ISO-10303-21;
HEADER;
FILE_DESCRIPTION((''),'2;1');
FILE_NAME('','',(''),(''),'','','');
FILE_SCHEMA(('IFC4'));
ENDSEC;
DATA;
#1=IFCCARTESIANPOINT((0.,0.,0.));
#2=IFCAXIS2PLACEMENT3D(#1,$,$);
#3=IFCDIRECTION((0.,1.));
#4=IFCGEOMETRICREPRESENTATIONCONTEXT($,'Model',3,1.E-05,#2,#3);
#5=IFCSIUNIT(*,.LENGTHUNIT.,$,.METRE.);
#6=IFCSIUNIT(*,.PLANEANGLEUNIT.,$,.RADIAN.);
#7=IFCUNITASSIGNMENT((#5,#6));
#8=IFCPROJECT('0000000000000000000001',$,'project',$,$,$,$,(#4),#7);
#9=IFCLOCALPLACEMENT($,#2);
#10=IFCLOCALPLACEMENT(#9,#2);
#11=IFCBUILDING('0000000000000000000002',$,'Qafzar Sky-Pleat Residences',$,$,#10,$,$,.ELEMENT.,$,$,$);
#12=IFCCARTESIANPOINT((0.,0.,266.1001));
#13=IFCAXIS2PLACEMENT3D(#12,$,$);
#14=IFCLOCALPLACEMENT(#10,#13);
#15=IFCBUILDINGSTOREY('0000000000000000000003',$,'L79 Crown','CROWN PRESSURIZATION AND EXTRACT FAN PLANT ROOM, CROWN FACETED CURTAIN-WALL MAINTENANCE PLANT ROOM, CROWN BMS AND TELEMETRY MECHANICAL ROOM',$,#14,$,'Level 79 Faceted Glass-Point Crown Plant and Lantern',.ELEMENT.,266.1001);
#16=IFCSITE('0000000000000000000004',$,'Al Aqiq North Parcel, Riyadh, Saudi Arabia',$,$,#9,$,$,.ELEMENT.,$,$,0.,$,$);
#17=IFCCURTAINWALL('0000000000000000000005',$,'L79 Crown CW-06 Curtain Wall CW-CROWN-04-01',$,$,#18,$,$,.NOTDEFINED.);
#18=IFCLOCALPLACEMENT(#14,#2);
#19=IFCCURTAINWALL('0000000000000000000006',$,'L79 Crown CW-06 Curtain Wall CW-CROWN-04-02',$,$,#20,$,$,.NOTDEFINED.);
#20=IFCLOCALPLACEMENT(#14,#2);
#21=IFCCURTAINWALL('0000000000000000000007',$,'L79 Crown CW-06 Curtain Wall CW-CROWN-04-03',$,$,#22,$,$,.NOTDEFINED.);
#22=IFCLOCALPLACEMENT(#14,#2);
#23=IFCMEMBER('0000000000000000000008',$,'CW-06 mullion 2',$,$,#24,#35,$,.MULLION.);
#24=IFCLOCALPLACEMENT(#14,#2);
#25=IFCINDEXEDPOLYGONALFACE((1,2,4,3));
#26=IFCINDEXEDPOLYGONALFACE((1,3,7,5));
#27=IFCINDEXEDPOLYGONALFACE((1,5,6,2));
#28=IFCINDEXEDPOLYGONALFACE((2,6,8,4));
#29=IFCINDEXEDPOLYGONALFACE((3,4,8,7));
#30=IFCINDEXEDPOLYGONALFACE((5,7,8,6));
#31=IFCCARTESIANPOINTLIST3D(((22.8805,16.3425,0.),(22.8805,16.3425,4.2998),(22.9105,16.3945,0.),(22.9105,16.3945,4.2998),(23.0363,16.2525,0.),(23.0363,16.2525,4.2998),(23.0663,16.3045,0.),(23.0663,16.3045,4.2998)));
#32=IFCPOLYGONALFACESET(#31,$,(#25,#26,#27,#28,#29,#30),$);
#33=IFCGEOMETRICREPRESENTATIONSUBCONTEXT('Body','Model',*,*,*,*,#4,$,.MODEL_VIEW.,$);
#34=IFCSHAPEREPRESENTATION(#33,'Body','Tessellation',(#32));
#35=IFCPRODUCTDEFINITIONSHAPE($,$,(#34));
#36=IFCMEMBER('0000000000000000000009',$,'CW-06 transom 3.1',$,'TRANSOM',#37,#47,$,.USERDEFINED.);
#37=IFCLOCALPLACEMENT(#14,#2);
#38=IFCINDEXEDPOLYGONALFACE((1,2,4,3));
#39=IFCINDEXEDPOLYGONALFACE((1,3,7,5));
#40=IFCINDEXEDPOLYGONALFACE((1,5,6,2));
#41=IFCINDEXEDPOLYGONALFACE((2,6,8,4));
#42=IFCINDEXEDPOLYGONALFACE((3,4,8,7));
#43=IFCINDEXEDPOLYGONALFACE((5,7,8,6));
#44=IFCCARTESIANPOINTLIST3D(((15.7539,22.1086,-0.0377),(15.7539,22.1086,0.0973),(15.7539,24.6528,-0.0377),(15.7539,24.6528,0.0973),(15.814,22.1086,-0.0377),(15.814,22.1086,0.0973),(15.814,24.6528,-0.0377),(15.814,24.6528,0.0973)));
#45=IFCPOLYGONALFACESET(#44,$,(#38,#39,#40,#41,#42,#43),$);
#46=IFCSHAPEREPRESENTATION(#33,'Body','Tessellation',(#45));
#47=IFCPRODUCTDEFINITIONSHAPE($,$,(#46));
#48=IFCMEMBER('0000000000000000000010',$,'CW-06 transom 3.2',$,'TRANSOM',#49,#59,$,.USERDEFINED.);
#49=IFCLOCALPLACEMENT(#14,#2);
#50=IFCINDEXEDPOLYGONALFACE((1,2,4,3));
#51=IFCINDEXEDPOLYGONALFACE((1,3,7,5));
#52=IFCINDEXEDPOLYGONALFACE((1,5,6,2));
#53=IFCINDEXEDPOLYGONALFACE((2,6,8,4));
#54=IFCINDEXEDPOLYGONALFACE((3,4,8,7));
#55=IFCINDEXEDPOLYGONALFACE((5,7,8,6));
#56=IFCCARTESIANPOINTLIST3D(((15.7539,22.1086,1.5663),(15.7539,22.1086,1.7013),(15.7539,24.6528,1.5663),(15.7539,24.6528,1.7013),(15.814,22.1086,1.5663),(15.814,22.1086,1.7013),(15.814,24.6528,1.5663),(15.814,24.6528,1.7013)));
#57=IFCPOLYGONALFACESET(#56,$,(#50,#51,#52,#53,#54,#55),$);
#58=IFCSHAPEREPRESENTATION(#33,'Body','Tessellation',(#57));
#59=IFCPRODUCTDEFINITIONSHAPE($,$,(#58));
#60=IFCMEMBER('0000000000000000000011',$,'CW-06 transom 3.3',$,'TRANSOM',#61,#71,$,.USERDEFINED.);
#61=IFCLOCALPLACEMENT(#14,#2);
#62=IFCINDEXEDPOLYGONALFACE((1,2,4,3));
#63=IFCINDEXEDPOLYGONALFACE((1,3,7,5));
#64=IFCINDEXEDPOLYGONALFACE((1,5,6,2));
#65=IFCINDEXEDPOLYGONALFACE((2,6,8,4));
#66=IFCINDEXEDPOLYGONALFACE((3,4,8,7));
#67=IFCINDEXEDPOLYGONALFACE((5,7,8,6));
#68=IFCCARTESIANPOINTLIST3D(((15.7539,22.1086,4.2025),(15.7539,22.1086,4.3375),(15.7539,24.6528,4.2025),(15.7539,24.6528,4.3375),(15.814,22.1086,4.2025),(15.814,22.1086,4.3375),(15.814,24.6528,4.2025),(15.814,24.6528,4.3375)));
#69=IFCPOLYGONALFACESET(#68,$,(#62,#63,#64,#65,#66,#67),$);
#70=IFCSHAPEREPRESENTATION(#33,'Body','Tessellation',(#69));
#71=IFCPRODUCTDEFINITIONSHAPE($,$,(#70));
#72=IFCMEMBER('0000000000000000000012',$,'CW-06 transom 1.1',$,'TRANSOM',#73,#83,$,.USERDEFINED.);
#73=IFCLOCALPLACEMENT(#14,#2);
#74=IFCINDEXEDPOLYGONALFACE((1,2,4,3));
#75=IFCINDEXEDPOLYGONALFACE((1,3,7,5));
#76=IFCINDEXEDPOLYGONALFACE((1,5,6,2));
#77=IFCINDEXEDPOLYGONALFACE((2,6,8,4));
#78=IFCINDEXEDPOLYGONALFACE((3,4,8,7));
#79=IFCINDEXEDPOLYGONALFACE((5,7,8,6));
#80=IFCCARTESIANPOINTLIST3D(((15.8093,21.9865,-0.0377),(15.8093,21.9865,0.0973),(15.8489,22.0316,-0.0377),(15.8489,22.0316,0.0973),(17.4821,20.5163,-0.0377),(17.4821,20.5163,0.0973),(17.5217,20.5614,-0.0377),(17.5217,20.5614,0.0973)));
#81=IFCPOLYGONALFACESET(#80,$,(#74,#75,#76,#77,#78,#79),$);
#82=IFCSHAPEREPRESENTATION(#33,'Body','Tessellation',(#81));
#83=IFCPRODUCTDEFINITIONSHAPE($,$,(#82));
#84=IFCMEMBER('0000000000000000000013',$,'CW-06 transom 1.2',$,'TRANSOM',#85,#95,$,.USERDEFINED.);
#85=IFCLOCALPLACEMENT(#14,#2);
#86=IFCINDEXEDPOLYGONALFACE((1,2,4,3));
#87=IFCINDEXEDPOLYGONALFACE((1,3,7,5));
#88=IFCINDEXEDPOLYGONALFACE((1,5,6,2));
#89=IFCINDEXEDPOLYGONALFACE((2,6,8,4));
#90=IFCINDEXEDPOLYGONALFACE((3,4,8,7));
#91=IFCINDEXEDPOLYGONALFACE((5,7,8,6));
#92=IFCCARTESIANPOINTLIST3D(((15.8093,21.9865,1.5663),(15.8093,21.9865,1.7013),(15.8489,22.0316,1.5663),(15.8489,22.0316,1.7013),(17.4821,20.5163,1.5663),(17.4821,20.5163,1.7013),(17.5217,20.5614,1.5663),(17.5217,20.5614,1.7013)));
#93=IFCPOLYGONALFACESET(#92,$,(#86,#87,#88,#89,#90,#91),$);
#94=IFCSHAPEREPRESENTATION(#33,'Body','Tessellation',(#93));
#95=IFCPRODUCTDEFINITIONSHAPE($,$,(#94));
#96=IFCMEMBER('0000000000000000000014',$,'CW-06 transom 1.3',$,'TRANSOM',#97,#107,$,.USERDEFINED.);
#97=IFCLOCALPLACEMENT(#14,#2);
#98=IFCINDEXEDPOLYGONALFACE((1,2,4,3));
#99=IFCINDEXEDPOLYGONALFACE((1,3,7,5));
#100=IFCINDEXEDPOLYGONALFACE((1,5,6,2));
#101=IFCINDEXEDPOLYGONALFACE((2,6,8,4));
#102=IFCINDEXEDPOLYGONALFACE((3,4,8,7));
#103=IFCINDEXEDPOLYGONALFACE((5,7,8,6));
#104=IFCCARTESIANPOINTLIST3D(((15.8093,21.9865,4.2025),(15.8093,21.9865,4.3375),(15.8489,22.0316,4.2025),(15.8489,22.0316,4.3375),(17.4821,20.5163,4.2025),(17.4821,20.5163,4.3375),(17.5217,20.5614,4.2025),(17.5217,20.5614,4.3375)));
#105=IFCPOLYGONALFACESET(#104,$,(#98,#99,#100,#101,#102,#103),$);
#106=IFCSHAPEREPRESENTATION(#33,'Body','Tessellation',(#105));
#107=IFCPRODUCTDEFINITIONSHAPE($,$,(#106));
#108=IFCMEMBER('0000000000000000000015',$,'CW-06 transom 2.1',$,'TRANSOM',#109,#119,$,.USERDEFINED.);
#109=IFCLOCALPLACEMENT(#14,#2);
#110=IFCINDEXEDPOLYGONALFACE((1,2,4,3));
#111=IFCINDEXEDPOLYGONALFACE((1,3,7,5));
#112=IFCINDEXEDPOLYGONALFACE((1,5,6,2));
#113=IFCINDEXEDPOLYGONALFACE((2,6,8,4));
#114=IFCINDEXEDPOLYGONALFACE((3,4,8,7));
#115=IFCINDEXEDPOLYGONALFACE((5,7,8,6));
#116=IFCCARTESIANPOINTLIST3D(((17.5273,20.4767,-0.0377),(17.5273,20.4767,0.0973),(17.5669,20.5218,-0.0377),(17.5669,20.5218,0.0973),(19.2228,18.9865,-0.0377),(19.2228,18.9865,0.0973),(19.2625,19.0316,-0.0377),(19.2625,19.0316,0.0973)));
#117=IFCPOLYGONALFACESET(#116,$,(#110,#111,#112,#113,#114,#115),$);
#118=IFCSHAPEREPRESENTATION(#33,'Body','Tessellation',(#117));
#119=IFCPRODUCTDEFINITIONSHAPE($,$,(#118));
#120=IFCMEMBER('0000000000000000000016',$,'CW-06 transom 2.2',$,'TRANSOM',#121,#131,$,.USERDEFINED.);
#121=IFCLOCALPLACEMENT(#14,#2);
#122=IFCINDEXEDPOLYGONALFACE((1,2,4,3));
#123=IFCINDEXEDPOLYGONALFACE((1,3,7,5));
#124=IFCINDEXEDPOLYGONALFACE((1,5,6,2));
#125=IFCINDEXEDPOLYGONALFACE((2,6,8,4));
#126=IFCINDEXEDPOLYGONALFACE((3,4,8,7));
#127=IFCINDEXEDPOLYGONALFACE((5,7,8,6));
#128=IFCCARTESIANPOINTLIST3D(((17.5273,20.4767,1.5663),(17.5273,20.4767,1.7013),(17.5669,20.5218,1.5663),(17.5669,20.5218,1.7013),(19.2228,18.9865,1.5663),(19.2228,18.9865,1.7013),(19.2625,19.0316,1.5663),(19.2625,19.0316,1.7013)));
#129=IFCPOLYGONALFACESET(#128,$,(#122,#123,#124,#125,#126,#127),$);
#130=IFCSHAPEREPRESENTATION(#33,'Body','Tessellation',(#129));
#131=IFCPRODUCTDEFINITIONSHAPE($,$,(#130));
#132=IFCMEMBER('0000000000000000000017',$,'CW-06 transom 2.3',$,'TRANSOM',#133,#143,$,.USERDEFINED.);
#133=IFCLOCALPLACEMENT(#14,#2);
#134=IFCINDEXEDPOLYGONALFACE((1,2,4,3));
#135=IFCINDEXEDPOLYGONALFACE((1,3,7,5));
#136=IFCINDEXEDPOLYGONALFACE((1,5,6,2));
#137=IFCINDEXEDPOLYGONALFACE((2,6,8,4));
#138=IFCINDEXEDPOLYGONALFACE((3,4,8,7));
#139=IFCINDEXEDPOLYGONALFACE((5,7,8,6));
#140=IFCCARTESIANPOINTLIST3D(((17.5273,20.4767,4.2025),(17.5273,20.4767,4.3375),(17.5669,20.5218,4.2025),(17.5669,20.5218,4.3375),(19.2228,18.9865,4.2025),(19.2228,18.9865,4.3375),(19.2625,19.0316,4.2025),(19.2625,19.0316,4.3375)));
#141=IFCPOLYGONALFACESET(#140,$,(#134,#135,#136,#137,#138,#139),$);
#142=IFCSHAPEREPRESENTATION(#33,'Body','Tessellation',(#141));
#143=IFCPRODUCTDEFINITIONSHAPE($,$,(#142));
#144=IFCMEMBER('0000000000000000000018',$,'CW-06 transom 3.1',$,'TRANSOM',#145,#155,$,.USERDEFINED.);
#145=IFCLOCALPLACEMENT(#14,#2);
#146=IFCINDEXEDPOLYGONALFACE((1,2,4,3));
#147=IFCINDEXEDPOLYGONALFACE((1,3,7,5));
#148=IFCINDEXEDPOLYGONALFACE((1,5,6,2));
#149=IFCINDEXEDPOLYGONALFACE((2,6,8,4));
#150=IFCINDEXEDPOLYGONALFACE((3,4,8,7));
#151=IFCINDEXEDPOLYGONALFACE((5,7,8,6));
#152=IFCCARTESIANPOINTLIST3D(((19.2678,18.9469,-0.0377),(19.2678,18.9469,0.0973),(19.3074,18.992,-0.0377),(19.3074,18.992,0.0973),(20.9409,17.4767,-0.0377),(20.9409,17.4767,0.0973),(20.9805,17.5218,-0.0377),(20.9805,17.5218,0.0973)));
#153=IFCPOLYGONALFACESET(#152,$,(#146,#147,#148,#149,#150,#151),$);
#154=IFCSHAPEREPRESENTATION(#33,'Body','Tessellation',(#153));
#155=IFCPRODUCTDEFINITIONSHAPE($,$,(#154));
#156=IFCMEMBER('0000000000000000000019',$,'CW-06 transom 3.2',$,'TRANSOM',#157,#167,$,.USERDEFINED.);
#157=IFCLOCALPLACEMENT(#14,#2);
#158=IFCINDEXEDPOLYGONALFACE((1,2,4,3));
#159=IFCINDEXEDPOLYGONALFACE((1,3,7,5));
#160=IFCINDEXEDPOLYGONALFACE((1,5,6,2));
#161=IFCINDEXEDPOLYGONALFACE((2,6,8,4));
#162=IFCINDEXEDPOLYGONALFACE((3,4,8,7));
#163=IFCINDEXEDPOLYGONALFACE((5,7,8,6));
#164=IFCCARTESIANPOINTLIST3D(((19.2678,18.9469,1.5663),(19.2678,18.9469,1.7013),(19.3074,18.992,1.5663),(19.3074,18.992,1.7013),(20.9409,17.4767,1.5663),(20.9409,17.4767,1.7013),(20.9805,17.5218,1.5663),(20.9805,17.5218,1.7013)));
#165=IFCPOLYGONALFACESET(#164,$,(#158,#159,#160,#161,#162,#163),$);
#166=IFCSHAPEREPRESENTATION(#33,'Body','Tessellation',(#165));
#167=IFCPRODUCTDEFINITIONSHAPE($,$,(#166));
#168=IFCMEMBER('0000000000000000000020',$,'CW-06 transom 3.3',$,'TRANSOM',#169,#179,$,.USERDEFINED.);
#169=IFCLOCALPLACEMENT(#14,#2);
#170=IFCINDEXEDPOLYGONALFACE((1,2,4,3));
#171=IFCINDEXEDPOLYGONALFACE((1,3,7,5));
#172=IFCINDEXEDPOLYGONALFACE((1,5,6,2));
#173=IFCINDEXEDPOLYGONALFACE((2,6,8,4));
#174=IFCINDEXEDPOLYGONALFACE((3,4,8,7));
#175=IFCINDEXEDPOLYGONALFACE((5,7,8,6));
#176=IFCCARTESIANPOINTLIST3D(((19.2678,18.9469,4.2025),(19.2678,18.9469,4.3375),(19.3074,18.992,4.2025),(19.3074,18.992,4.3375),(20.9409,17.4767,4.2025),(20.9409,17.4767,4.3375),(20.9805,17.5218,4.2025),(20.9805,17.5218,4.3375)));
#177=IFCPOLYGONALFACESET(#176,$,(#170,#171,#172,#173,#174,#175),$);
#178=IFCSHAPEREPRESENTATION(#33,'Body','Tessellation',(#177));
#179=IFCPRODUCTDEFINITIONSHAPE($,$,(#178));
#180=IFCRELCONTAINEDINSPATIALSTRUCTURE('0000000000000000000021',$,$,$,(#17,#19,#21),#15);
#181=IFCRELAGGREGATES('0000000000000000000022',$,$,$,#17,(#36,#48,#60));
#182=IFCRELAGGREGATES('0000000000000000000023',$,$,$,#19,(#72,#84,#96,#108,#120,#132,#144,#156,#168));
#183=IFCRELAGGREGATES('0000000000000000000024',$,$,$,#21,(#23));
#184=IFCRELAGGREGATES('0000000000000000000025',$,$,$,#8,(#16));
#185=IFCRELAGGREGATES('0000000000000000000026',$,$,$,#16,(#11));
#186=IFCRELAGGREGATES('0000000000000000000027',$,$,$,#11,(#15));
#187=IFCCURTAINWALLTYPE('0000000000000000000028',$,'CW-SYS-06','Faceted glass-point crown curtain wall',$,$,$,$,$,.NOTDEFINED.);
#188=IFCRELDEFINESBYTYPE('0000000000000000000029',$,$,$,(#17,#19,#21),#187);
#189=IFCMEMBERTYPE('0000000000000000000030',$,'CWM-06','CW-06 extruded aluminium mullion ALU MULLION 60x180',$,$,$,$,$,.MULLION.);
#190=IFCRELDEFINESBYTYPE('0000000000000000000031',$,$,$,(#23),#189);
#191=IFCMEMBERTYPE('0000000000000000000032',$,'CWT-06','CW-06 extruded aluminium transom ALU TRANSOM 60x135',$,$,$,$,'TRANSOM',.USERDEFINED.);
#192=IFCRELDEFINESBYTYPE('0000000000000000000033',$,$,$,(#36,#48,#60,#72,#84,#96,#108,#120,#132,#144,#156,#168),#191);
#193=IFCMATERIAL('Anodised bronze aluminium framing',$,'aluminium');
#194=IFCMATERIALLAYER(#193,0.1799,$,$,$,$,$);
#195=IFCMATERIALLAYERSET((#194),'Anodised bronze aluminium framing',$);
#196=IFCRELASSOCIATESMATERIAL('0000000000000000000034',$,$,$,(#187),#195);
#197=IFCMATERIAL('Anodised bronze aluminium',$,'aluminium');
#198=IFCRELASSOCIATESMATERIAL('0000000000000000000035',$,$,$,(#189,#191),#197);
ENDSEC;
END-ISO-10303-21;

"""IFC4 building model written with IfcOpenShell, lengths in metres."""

from ifc_helpers import new_model, si_unit, direction, frame, origin, origin_2d, place, context, subcontext, project, spatial, rectangle, extrude, source, transform, mapped, material, layer, layer_set, material_profile, profile_set, type_object, element, aggregate, save


model = new_model("IFC4")

# Units and contexts
model_context = context("Model", 3, precision=1e-05, world=origin(), true_north=direction((0.0, 1.0)))
body_context = subcontext(model_context, "Body", "Model", "MODEL_VIEW")
ifc_project = project(units=[si_unit("LENGTHUNIT", "METRE"), si_unit("PLANEANGLEUNIT", "RADIAN")], contexts=[model_context])

# Site, building, storey
site_placement = place(None, origin())
site = spatial("IfcSite", under=ifc_project, at=site_placement, Name="Al Aqiq North Parcel, Riyadh, Saudi Arabia", CompositionType="ELEMENT", RefElevation=0.0)
building_placement = place(site_placement, origin())
building = spatial("IfcBuilding", under=site, at=building_placement, Name="Qafzar Sky-Pleat Residences", CompositionType="ELEMENT")
storey_placement = place(building_placement, frame((0.0, 0.0, 266.1001)))
storey = spatial("IfcBuildingStorey", under=building, at=storey_placement, Name="L79 Crown", Description="CROWN PRESSURIZATION AND EXTRACT FAN PLANT ROOM, CROWN FACETED CURTAIN-WALL MAINTENANCE PLANT ROOM, CROWN BMS AND TELEMETRY MECHANICAL ROOM", LongName="Level 79 Faceted Glass-Point Crown Plant and Lantern", CompositionType="ELEMENT", Elevation=266.1001)

# Curtain wall
ifc_material_1 = material(Name="Anodised bronze aluminium framing", Category="aluminium")
ifc_layer_1 = layer(ifc_material_1, 0.1799)
ifc_layer_set_1 = layer_set([ifc_layer_1], Name="Anodised bronze aluminium framing")
curtain_wall_type = type_object("IfcCurtainWallType", Name="CW-SYS-06", Description="Faceted glass-point crown curtain wall", PredefinedType="NOTDEFINED", material=ifc_layer_set_1)
curtain_wall_1_placement = place(storey_placement, origin())
curtain_wall_1 = element("IfcCurtainWall", 1, at=curtain_wall_1_placement, inside=storey, type_object=curtain_wall_type, Name="L79 Crown CW-06 Curtain Wall CW-CROWN-04-01", PredefinedType="NOTDEFINED")
ifc_material_2 = material(Name="Anodised bronze aluminium", Category="aluminium")
ifc_material_profile_1 = material_profile(ifc_material_2, rectangle(XDim=0.0601, YDim=0.1799, at=origin_2d()), Name="ALU MULLION 60x180")
ifc_profile_set_1 = profile_set([ifc_material_profile_1], Name="Anodised bronze aluminium")
member_type_1 = type_object("IfcMemberType", Name="CWM-06", Description="CW-06 extruded aluminium mullion ALU MULLION 60x180", PredefinedType="MULLION", material=ifc_profile_set_1)
shared_shape_1 = source(origin(), body_context, "Body", "SweptSolid", [
    extrude(rectangle(XDim=0.0601, YDim=0.1799, at=origin_2d()), origin(), (0.0, 0.0, 1.0), 4.2998),
])

# Curtain walls, member
curtain_wall_2_placement = place(storey_placement, origin())
curtain_wall_2 = element("IfcCurtainWall", 2, at=curtain_wall_2_placement, inside=storey, type_object=curtain_wall_type, Name="L79 Crown CW-06 Curtain Wall CW-CROWN-04-02", PredefinedType="NOTDEFINED")
curtain_wall_3_placement = place(storey_placement, origin())
curtain_wall_3 = element("IfcCurtainWall", 3, at=curtain_wall_3_placement, inside=storey, type_object=curtain_wall_type, Name="L79 Crown CW-06 Curtain Wall CW-CROWN-04-03", PredefinedType="NOTDEFINED")
member_1_placement = place(storey_placement, frame((22.9734, 16.3235, 0.0), z_axis=(0.0, 0.0, 1.0), x_axis=(0.500003, 0.866024, 0.0)))
member_1 = element("IfcMember", 4, at=member_1_placement, type_object=member_type_1, Name="CW-06 mullion 2", PredefinedType="MULLION", context=body_context, shape_type="MappedRepresentation", body=[
    mapped(shared_shape_1, transform((0.0, 0.0, 0.0), x_axis=(1.0, 0.0, 0.0), y_axis=(0.0, 1.0, 0.0), z_axis=(0.0, 0.0, 1.0), scale=1.0)),
])

# Members
ifc_material_profile_2 = material_profile(ifc_material_2, rectangle(XDim=0.0601, YDim=0.135, at=origin_2d()), Name="ALU TRANSOM 60x135")
ifc_profile_set_2 = profile_set([ifc_material_profile_2], Name="Anodised bronze aluminium")
member_type_2 = type_object("IfcMemberType", Name="CWT-06", Description="CW-06 extruded aluminium transom ALU TRANSOM 60x135", ElementType="TRANSOM", PredefinedType="USERDEFINED", material=ifc_profile_set_2)
shared_shape_2 = source(origin(), body_context, "Body", "SweptSolid", [
    extrude(rectangle(XDim=0.0601, YDim=0.135, at=origin_2d()), origin(), (0.0, 0.0, 1.0), 2.5442),
])
member_2_placement = place(storey_placement, frame((15.7839, 24.6528, 0.0298), z_axis=(0.0, -1.0, 0.0), x_axis=(1.0, 0.0, 0.0)))
member_2 = element("IfcMember", 5, at=member_2_placement, type_object=member_type_2, Name="CW-06 transom 3.1", ObjectType="TRANSOM", PredefinedType="USERDEFINED", context=body_context, shape_type="MappedRepresentation", body=[
    mapped(shared_shape_2, transform((0.0, 0.0, 0.0), x_axis=(1.0, 0.0, 0.0), y_axis=(0.0, 1.0, 0.0), z_axis=(0.0, 0.0, 1.0), scale=1.0)),
])
member_3_placement = place(storey_placement, frame((15.7839, 24.6528, 1.6338), z_axis=(0.0, -1.0, 0.0), x_axis=(1.0, 0.0, 0.0)))
member_3 = element("IfcMember", 6, at=member_3_placement, type_object=member_type_2, Name="CW-06 transom 3.2", ObjectType="TRANSOM", PredefinedType="USERDEFINED", context=body_context, shape_type="MappedRepresentation", body=[
    mapped(shared_shape_2, transform((0.0, 0.0, 0.0), x_axis=(1.0, 0.0, 0.0), y_axis=(0.0, 1.0, 0.0), z_axis=(0.0, 0.0, 1.0), scale=1.0)),
])
member_4_placement = place(storey_placement, frame((15.7839, 24.6528, 4.27), z_axis=(0.0, -1.0, 0.0), x_axis=(1.0, 0.0, 0.0)))
member_4 = element("IfcMember", 7, at=member_4_placement, type_object=member_type_2, Name="CW-06 transom 3.3", ObjectType="TRANSOM", PredefinedType="USERDEFINED", context=body_context, shape_type="MappedRepresentation", body=[
    mapped(shared_shape_2, transform((0.0, 0.0, 0.0), x_axis=(1.0, 0.0, 0.0), y_axis=(0.0, 1.0, 0.0), z_axis=(0.0, 0.0, 1.0), scale=1.0)),
])
shared_shape_3 = source(origin(), body_context, "Body", "SweptSolid", [
    extrude(rectangle(XDim=0.0601, YDim=0.135, at=origin_2d()), origin(), (0.0, 0.0, 1.0), 2.2271),
])
member_5_placement = place(storey_placement, frame((15.8291, 22.009, 0.0298), z_axis=(0.751135, -0.660148, 0.0), x_axis=(0.660148, 0.751135, 0.0)))
member_5 = element("IfcMember", 8, at=member_5_placement, type_object=member_type_2, Name="CW-06 transom 1.1", ObjectType="TRANSOM", PredefinedType="USERDEFINED", context=body_context, shape_type="MappedRepresentation", body=[
    mapped(shared_shape_3, transform((0.0, 0.0, 0.0), x_axis=(1.0, 0.0, 0.0), y_axis=(0.0, 1.0, 0.0), z_axis=(0.0, 0.0, 1.0), scale=1.0)),
])
member_6_placement = place(storey_placement, frame((15.8291, 22.009, 1.6338), z_axis=(0.751135, -0.660148, 0.0), x_axis=(0.660148, 0.751135, 0.0)))
member_6 = element("IfcMember", 9, at=member_6_placement, type_object=member_type_2, Name="CW-06 transom 1.2", ObjectType="TRANSOM", PredefinedType="USERDEFINED", context=body_context, shape_type="MappedRepresentation", body=[
    mapped(shared_shape_3, transform((0.0, 0.0, 0.0), x_axis=(1.0, 0.0, 0.0), y_axis=(0.0, 1.0, 0.0), z_axis=(0.0, 0.0, 1.0), scale=1.0)),
])
member_7_placement = place(storey_placement, frame((15.8291, 22.009, 4.27), z_axis=(0.751135, -0.660148, 0.0), x_axis=(0.660148, 0.751135, 0.0)))
member_7 = element("IfcMember", 10, at=member_7_placement, type_object=member_type_2, Name="CW-06 transom 1.3", ObjectType="TRANSOM", PredefinedType="USERDEFINED", context=body_context, shape_type="MappedRepresentation", body=[
    mapped(shared_shape_3, transform((0.0, 0.0, 0.0), x_axis=(1.0, 0.0, 0.0), y_axis=(0.0, 1.0, 0.0), z_axis=(0.0, 0.0, 1.0), scale=1.0)),
])
shared_shape_4 = source(origin(), body_context, "Body", "SweptSolid", [
    extrude(rectangle(XDim=0.0601, YDim=0.135, at=origin_2d()), origin(), (0.0, 0.0, 1.0), 2.2573),
])
member_8_placement = place(storey_placement, frame((17.5471, 20.4993, 0.0298), z_axis=(0.751121, -0.660165, 0.0), x_axis=(0.660165, 0.751121, 0.0)))
member_8 = element("IfcMember", 11, at=member_8_placement, type_object=member_type_2, Name="CW-06 transom 2.1", ObjectType="TRANSOM", PredefinedType="USERDEFINED", context=body_context, shape_type="MappedRepresentation", body=[
    mapped(shared_shape_4, transform((0.0, 0.0, 0.0), x_axis=(1.0, 0.0, 0.0), y_axis=(0.0, 1.0, 0.0), z_axis=(0.0, 0.0, 1.0), scale=1.0)),
])
member_9_placement = place(storey_placement, frame((17.5471, 20.4993, 1.6338), z_axis=(0.751121, -0.660165, 0.0), x_axis=(0.660165, 0.751121, 0.0)))
member_9 = element("IfcMember", 12, at=member_9_placement, type_object=member_type_2, Name="CW-06 transom 2.2", ObjectType="TRANSOM", PredefinedType="USERDEFINED", context=body_context, shape_type="MappedRepresentation", body=[
    mapped(shared_shape_4, transform((0.0, 0.0, 0.0), x_axis=(1.0, 0.0, 0.0), y_axis=(0.0, 1.0, 0.0), z_axis=(0.0, 0.0, 1.0), scale=1.0)),
])
member_10_placement = place(storey_placement, frame((17.5471, 20.4993, 4.27), z_axis=(0.751121, -0.660165, 0.0), x_axis=(0.660165, 0.751121, 0.0)))
member_10 = element("IfcMember", 13, at=member_10_placement, type_object=member_type_2, Name="CW-06 transom 2.3", ObjectType="TRANSOM", PredefinedType="USERDEFINED", context=body_context, shape_type="MappedRepresentation", body=[
    mapped(shared_shape_4, transform((0.0, 0.0, 0.0), x_axis=(1.0, 0.0, 0.0), y_axis=(0.0, 1.0, 0.0), z_axis=(0.0, 0.0, 1.0), scale=1.0)),
])
shared_shape_5 = source(origin(), body_context, "Body", "SweptSolid", [
    extrude(rectangle(XDim=0.0601, YDim=0.135, at=origin_2d()), origin(), (0.0, 0.0, 1.0), 2.2273),
])
member_11_placement = place(storey_placement, frame((19.2876, 18.9695, 0.0298), z_axis=(0.751183, -0.660094, 0.0), x_axis=(0.660094, 0.751183, 0.0)))
member_11 = element("IfcMember", 14, at=member_11_placement, type_object=member_type_2, Name="CW-06 transom 3.1", ObjectType="TRANSOM", PredefinedType="USERDEFINED", context=body_context, shape_type="MappedRepresentation", body=[
    mapped(shared_shape_5, transform((0.0, 0.0, 0.0), x_axis=(1.0, 0.0, 0.0), y_axis=(0.0, 1.0, 0.0), z_axis=(0.0, 0.0, 1.0), scale=1.0)),
])
member_12_placement = place(storey_placement, frame((19.2876, 18.9695, 1.6338), z_axis=(0.751183, -0.660094, 0.0), x_axis=(0.660094, 0.751183, 0.0)))
member_12 = element("IfcMember", 15, at=member_12_placement, type_object=member_type_2, Name="CW-06 transom 3.2", ObjectType="TRANSOM", PredefinedType="USERDEFINED", context=body_context, shape_type="MappedRepresentation", body=[
    mapped(shared_shape_5, transform((0.0, 0.0, 0.0), x_axis=(1.0, 0.0, 0.0), y_axis=(0.0, 1.0, 0.0), z_axis=(0.0, 0.0, 1.0), scale=1.0)),
])
member_13_placement = place(storey_placement, frame((19.2876, 18.9695, 4.27), z_axis=(0.751183, -0.660094, 0.0), x_axis=(0.660094, 0.751183, 0.0)))
member_13 = element("IfcMember", 16, at=member_13_placement, type_object=member_type_2, Name="CW-06 transom 3.3", ObjectType="TRANSOM", PredefinedType="USERDEFINED", context=body_context, shape_type="MappedRepresentation", body=[
    mapped(shared_shape_5, transform((0.0, 0.0, 0.0), x_axis=(1.0, 0.0, 0.0), y_axis=(0.0, 1.0, 0.0), z_axis=(0.0, 0.0, 1.0), scale=1.0)),
])

aggregate(curtain_wall_1, [member_2, member_3, member_4])
aggregate(curtain_wall_2, [member_5, member_6, member_7, member_8, member_9, member_10, member_11, member_12, member_13])
aggregate(curtain_wall_3, [member_1])

save(model, "model.ifc")
